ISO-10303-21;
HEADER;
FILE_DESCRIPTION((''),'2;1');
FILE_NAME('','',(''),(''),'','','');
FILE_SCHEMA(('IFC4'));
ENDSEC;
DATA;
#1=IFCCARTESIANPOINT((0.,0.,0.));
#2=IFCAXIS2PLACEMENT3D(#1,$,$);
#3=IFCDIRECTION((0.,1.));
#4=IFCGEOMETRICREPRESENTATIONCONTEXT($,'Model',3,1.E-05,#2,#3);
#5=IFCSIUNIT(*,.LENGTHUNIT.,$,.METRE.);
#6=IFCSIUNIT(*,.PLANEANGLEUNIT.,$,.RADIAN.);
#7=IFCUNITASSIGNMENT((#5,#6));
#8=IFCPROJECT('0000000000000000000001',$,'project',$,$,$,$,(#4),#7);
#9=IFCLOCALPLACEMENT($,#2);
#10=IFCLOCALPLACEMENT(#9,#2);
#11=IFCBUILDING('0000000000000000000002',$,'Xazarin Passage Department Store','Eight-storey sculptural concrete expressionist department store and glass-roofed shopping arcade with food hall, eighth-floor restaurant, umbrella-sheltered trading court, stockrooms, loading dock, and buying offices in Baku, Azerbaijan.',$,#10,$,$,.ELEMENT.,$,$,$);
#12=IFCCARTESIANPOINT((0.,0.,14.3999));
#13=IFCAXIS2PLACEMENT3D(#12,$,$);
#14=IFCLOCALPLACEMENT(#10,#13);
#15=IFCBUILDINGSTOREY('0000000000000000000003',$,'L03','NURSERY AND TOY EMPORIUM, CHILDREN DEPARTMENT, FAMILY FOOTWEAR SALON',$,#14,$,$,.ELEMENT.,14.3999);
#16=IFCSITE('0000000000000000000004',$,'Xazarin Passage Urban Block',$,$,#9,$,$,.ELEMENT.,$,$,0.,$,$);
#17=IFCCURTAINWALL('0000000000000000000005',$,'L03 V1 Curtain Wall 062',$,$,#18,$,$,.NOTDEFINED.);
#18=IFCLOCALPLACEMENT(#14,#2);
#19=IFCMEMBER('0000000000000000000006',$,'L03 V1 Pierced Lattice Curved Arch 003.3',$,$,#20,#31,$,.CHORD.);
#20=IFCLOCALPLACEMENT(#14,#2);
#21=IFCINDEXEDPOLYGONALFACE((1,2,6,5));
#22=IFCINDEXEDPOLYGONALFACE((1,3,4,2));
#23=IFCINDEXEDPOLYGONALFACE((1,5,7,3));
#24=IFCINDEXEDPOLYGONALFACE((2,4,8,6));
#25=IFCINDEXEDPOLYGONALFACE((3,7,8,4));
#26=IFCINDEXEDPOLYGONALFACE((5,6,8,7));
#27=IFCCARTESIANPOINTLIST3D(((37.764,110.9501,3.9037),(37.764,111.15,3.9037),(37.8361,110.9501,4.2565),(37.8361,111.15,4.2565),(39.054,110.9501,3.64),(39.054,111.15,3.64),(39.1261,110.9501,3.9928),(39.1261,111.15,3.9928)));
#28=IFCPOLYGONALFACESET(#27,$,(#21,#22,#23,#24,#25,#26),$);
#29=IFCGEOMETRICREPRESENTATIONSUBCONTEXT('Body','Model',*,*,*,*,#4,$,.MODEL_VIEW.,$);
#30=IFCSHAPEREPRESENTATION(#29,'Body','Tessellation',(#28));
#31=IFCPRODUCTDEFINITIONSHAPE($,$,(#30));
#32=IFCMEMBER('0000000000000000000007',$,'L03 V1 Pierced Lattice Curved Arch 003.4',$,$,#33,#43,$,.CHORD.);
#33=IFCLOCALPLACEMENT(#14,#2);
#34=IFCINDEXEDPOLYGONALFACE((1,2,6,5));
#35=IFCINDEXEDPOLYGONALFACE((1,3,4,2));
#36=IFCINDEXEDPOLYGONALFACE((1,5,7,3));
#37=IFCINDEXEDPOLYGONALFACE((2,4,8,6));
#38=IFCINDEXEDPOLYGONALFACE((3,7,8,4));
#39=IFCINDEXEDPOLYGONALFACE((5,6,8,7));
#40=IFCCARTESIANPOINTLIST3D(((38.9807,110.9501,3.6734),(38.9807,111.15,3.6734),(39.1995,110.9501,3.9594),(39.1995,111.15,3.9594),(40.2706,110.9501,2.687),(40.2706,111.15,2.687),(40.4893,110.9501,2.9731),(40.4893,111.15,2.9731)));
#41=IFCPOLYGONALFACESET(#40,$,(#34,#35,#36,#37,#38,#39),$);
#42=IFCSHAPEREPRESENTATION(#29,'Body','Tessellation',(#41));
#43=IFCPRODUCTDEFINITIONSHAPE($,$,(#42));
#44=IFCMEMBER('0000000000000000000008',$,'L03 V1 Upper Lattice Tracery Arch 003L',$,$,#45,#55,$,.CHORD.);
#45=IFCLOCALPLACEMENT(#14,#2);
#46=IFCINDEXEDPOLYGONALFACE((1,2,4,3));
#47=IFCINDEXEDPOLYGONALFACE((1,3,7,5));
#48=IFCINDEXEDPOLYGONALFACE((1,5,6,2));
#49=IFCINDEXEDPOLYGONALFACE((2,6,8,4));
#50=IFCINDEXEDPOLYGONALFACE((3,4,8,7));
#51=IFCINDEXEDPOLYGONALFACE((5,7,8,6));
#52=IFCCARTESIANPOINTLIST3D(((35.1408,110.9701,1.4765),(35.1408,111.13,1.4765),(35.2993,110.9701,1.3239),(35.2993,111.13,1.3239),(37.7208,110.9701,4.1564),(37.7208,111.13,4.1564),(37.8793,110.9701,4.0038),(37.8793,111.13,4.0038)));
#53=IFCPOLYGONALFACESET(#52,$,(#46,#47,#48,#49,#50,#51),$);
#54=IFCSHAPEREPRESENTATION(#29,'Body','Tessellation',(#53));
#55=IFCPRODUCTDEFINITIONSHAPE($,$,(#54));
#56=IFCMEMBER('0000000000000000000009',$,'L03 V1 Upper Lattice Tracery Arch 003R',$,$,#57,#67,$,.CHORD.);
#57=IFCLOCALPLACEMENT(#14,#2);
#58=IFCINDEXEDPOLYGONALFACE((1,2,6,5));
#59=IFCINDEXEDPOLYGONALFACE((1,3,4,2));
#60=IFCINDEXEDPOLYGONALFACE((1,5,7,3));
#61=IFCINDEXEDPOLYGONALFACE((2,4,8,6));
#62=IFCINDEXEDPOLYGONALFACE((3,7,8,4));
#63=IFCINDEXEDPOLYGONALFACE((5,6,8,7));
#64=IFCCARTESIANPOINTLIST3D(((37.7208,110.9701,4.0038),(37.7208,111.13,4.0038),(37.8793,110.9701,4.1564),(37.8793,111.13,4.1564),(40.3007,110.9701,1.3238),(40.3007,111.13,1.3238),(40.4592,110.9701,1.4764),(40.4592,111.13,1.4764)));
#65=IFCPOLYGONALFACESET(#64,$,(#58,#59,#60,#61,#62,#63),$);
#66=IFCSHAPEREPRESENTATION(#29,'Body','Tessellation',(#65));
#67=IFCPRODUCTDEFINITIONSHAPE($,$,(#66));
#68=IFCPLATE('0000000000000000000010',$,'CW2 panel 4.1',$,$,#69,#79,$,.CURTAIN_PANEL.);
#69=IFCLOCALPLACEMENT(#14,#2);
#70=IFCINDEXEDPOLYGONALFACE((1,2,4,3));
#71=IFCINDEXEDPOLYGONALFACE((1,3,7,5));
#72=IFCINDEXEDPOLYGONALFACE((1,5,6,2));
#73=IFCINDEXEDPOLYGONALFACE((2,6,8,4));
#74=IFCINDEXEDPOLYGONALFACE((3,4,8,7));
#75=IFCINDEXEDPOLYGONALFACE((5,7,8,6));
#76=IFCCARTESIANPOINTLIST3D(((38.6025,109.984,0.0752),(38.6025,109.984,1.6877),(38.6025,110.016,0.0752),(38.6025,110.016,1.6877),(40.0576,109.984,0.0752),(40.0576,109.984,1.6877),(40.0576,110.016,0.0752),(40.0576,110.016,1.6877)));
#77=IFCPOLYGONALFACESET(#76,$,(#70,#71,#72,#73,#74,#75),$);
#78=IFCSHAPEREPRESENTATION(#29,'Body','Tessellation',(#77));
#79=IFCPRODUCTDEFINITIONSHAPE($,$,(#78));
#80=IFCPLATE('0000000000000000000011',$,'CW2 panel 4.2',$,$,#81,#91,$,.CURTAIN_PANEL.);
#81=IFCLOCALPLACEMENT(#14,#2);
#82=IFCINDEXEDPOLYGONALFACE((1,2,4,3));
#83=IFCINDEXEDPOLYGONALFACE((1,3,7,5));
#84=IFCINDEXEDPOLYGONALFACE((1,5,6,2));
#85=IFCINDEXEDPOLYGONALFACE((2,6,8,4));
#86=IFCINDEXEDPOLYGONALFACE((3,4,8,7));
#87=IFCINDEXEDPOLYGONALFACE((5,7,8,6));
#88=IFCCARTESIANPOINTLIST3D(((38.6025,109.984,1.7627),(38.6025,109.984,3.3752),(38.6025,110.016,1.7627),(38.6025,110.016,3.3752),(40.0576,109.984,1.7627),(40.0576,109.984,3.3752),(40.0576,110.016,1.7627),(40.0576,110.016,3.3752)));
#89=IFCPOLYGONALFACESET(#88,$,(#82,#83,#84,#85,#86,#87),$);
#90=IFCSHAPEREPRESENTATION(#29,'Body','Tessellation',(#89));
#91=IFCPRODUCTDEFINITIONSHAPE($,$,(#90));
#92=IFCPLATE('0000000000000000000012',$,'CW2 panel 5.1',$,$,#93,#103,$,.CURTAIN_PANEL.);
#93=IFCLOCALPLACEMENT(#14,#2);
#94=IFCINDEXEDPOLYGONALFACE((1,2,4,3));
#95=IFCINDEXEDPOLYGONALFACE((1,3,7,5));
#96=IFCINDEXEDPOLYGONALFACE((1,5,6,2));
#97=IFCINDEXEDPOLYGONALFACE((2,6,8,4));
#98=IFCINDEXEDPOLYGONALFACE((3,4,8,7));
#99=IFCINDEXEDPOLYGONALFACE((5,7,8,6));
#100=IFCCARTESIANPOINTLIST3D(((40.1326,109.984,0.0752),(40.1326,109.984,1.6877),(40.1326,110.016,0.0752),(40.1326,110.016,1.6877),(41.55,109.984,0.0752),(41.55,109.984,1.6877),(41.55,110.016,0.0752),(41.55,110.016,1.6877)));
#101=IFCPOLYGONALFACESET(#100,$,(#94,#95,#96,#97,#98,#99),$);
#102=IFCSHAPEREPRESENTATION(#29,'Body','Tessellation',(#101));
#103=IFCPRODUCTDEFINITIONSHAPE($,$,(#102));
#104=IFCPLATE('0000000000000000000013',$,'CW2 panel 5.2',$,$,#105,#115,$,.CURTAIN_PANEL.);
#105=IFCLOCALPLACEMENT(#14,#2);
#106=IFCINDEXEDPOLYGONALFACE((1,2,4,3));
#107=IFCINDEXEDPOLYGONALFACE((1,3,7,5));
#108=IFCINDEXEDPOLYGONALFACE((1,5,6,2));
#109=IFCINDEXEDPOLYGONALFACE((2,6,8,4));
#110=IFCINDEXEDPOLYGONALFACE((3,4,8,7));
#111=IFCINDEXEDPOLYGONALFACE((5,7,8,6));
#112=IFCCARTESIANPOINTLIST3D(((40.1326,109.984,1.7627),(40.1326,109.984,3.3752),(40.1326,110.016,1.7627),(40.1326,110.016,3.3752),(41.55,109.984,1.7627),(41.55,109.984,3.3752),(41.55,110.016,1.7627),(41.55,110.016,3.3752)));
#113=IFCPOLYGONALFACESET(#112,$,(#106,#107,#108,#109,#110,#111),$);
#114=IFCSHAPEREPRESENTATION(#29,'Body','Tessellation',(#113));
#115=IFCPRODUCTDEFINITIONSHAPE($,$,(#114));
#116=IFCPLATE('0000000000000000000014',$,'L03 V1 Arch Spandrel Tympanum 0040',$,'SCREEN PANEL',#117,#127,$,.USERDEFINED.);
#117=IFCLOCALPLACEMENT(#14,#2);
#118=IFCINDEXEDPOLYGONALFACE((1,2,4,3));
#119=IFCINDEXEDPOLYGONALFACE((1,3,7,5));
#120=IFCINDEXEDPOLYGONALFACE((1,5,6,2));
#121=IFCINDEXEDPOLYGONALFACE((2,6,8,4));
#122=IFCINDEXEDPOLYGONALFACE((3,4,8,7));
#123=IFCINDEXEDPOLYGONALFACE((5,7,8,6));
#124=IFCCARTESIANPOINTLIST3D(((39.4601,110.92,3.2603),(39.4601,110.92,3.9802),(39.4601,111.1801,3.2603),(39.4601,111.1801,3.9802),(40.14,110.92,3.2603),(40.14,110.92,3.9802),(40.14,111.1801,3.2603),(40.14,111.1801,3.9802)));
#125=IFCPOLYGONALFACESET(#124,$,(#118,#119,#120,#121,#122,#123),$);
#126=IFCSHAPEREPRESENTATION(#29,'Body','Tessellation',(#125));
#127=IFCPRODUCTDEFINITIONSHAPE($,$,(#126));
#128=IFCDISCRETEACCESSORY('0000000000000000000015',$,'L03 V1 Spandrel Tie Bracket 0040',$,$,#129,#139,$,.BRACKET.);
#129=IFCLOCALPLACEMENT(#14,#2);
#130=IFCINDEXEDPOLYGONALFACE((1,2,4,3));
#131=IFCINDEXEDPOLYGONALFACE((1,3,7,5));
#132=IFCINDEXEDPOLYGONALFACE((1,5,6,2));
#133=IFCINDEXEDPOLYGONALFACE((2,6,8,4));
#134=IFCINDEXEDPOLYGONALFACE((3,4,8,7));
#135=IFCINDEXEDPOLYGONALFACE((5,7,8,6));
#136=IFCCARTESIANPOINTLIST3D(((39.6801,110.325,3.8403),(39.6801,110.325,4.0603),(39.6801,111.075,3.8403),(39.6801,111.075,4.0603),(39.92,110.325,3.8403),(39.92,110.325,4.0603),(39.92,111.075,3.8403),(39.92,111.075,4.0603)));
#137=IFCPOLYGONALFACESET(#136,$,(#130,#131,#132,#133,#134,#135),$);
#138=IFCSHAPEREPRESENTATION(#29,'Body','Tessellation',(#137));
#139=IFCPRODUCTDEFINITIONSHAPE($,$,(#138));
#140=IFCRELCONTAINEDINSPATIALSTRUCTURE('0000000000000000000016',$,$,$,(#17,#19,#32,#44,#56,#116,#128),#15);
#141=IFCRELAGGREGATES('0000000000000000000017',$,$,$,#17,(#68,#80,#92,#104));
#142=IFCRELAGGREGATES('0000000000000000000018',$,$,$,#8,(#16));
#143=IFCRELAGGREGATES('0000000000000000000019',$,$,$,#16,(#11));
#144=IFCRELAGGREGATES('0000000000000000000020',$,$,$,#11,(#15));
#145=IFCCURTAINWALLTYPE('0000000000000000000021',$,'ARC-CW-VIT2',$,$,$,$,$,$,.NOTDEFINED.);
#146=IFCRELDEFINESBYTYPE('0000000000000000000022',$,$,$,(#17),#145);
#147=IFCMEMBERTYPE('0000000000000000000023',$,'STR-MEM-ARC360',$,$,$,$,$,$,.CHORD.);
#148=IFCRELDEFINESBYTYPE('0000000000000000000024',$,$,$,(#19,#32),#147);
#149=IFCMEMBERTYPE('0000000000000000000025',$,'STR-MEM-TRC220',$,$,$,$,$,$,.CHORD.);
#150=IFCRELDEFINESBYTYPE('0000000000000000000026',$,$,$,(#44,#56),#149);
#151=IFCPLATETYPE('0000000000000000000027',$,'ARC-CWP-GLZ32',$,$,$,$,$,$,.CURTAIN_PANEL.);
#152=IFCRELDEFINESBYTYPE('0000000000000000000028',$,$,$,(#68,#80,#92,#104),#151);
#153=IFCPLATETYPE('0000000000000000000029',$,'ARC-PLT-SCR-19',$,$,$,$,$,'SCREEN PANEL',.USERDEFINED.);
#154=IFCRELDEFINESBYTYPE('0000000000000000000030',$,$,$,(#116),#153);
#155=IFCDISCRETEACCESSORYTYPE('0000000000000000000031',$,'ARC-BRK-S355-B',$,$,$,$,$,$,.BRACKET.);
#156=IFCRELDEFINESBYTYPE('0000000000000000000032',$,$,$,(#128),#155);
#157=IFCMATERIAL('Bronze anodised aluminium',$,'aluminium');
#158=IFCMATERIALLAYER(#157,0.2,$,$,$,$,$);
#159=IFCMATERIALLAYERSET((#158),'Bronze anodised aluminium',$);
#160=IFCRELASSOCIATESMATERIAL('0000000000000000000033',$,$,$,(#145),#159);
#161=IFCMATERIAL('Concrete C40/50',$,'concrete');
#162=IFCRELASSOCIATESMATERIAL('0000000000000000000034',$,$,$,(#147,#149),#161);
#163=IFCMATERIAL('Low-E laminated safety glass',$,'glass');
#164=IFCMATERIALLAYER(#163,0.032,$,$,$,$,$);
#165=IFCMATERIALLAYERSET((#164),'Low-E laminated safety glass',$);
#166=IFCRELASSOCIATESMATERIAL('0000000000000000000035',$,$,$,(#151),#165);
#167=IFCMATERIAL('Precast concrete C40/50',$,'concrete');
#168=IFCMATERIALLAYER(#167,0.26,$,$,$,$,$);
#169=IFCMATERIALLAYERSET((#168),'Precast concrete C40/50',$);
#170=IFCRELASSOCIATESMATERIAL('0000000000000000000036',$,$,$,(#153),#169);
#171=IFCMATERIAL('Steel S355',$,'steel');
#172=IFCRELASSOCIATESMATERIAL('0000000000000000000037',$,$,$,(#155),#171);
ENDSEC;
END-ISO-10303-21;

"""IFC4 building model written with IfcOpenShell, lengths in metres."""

from ifc_helpers import new_model, si_unit, direction, frame, origin, origin_2d, place, context, subcontext, project, spatial, rectangle, extrude, material, layer, layer_set, material_profile, profile_set, type_object, element, aggregate, save


model = new_model("IFC4")

# Units and contexts
model_context = context("Model", 3, precision=1e-05, world=origin(), true_north=direction((0.0, 1.0)))
body_context = subcontext(model_context, "Body", "Model", "MODEL_VIEW")
ifc_project = project(units=[si_unit("LENGTHUNIT", "METRE"), si_unit("PLANEANGLEUNIT", "RADIAN")], contexts=[model_context])

# Site, building, storey
site_placement = place(None, origin())
site = spatial("IfcSite", under=ifc_project, at=site_placement, Name="Xazarin Passage Urban Block", CompositionType="ELEMENT", RefElevation=0.0)
building_placement = place(site_placement, origin())
building = spatial("IfcBuilding", under=site, at=building_placement, Name="Xazarin Passage Department Store", Description="Eight-storey sculptural concrete expressionist department store and glass-roofed shopping arcade with food hall, eighth-floor restaurant, umbrella-sheltered trading court, stockrooms, loading dock, and buying offices in Baku, Azerbaijan.", CompositionType="ELEMENT")
storey_placement = place(building_placement, frame((0.0, 0.0, 14.3999)))
storey = spatial("IfcBuildingStorey", under=building, at=storey_placement, Name="L03", Description="NURSERY AND TOY EMPORIUM, CHILDREN DEPARTMENT, FAMILY FOOTWEAR SALON", CompositionType="ELEMENT", Elevation=14.3999)

# Shared definitions
ifc_material_1 = material(Name="Concrete C40/50", Category="concrete")

# Curtain wall
ifc_material_2 = material(Name="Bronze anodised aluminium", Category="aluminium")
ifc_layer_1 = layer(ifc_material_2, 0.2)
ifc_layer_set_1 = layer_set([ifc_layer_1], Name="Bronze anodised aluminium")
curtain_wall_type = type_object("IfcCurtainWallType", Name="ARC-CW-VIT2", PredefinedType="NOTDEFINED", material=ifc_layer_set_1)
curtain_wall_placement = place(storey_placement, origin())
curtain_wall = element("IfcCurtainWall", 1, at=curtain_wall_placement, inside=storey, type_object=curtain_wall_type, Name="L03 V1 Curtain Wall 062", PredefinedType="NOTDEFINED")

# Members
ifc_material_profile_1 = material_profile(ifc_material_1, rectangle(XDim=0.2, YDim=0.3601, at=origin_2d()), Name="RC 200x360")
ifc_profile_set_1 = profile_set([ifc_material_profile_1], Name="Concrete C40/50")
member_type_1 = type_object("IfcMemberType", Name="STR-MEM-ARC360", PredefinedType="CHORD", material=ifc_profile_set_1)
member_1_placement = place(storey_placement, frame((37.8, 111.05, 4.0801), z_axis=(0.979745, 0.0, -0.200251), x_axis=(0.0, 1.0, 0.0)))
element("IfcMember", 2, at=member_1_placement, inside=storey, type_object=member_type_1, Name="L03 V1 Pierced Lattice Curved Arch 003.3", PredefinedType="CHORD", context=body_context, shape_type="SweptSolid", body=[
    extrude(rectangle(XDim=0.2, YDim=0.3601, at=origin_2d()), origin(), (0.0, 0.0, 1.0), 1.3167),
])
member_2_placement = place(storey_placement, frame((39.0901, 111.05, 3.8164), z_axis=(0.794354, 0.0, -0.607456), x_axis=(0.0, 1.0, 0.0)))
element("IfcMember", 3, at=member_2_placement, inside=storey, type_object=member_type_1, Name="L03 V1 Pierced Lattice Curved Arch 003.4", PredefinedType="CHORD", context=body_context, shape_type="SweptSolid", body=[
    extrude(rectangle(XDim=0.2, YDim=0.3601, at=origin_2d()), origin(), (0.0, 0.0, 1.0), 1.6238),
])
ifc_material_profile_2 = material_profile(ifc_material_1, rectangle(XDim=0.1599, YDim=0.22, at=origin_2d()), Name="RC 160x220")
ifc_profile_set_2 = profile_set([ifc_material_profile_2], Name="Concrete C40/50")
member_type_2 = type_object("IfcMemberType", Name="STR-MEM-TRC220", PredefinedType="CHORD", material=ifc_profile_set_2)
for number, where, z_axis, x_axis, name in (
    (4, (37.8, 111.05, 4.0801), (-0.693558, 0.0, -0.7204), (0.0, -1.0, 0.0), "L03 V1 Upper Lattice Tracery Arch 003L"),
    (5, (37.8, 111.05, 4.0801), (0.693524, 0.0, -0.720433), (0.0, 1.0, 0.0), "L03 V1 Upper Lattice Tracery Arch 003R"),
):
    element("IfcMember", number, at=place(storey_placement, frame(where, z_axis=z_axis, x_axis=x_axis)), inside=storey, type_object=member_type_2, Name=name, PredefinedType="CHORD", context=body_context, shape_type="SweptSolid", body=[
        extrude(rectangle(XDim=0.1599, YDim=0.22, at=origin_2d()), origin(), (0.0, 0.0, 1.0), 3.72),
    ])

# Plates
ifc_material_3 = material(Name="Low-E laminated safety glass", Category="glass")
ifc_layer_2 = layer(ifc_material_3, 0.032)
ifc_layer_set_2 = layer_set([ifc_layer_2], Name="Low-E laminated safety glass")
plate_type_1 = type_object("IfcPlateType", Name="ARC-CWP-GLZ32", PredefinedType="CURTAIN_PANEL", material=ifc_layer_set_2)
plate_1_placement = place(storey_placement, frame((39.3301, 110.0, 0.0752), z_axis=(0.0, 0.0, 1.0), x_axis=(1.0, 0.0, 0.0)))
plate_1 = element("IfcPlate", 6, at=plate_1_placement, type_object=plate_type_1, Name="CW2 panel 4.1", PredefinedType="CURTAIN_PANEL", context=body_context, shape_type="SweptSolid", body=[
    extrude(rectangle(XDim=1.4551, YDim=0.032, at=origin_2d()), origin(), (0.0, 0.0, 1.0), 1.6125),
])
plate_2_placement = place(storey_placement, frame((39.3301, 110.0, 1.7627), z_axis=(0.0, 0.0, 1.0), x_axis=(1.0, 0.0, 0.0)))
plate_2 = element("IfcPlate", 7, at=plate_2_placement, type_object=plate_type_1, Name="CW2 panel 4.2", PredefinedType="CURTAIN_PANEL", context=body_context, shape_type="SweptSolid", body=[
    extrude(rectangle(XDim=1.4551, YDim=0.032, at=origin_2d()), origin(), (0.0, 0.0, 1.0), 1.6125),
])
plate_3_placement = place(storey_placement, frame((40.8413, 110.0, 0.0752), z_axis=(0.0, 0.0, 1.0), x_axis=(1.0, 0.0, 0.0)))
plate_3 = element("IfcPlate", 8, at=plate_3_placement, type_object=plate_type_1, Name="CW2 panel 5.1", PredefinedType="CURTAIN_PANEL", context=body_context, shape_type="SweptSolid", body=[
    extrude(rectangle(XDim=1.4175, YDim=0.032, at=origin_2d()), origin(), (0.0, 0.0, 1.0), 1.6125),
])
plate_4_placement = place(storey_placement, frame((40.8413, 110.0, 1.7627), z_axis=(0.0, 0.0, 1.0), x_axis=(1.0, 0.0, 0.0)))
plate_4 = element("IfcPlate", 9, at=plate_4_placement, type_object=plate_type_1, Name="CW2 panel 5.2", PredefinedType="CURTAIN_PANEL", context=body_context, shape_type="SweptSolid", body=[
    extrude(rectangle(XDim=1.4175, YDim=0.032, at=origin_2d()), origin(), (0.0, 0.0, 1.0), 1.6125),
])
aggregate(curtain_wall, [plate_1, plate_2, plate_3, plate_4])
ifc_material_4 = material(Name="Precast concrete C40/50", Category="concrete")
ifc_layer_3 = layer(ifc_material_4, 0.26)
ifc_layer_set_3 = layer_set([ifc_layer_3], Name="Precast concrete C40/50")
plate_type_2 = type_object("IfcPlateType", Name="ARC-PLT-SCR-19", ElementType="SCREEN PANEL", PredefinedType="USERDEFINED", material=ifc_layer_set_3)
plate_5_placement = place(storey_placement, frame((39.8, 111.05, 3.2603), z_axis=(0.0, 0.0, 1.0), x_axis=(1.0, 0.0, 0.0)))
element("IfcPlate", 10, at=plate_5_placement, inside=storey, type_object=plate_type_2, Name="L03 V1 Arch Spandrel Tympanum 0040", ObjectType="SCREEN PANEL", PredefinedType="USERDEFINED", context=body_context, shape_type="SweptSolid", body=[
    extrude(rectangle(XDim=0.6799, YDim=0.26, at=origin_2d()), origin(), (0.0, 0.0, 1.0), 0.72),
])

# Discrete accessory
ifc_material_5 = material(Name="Steel S355", Category="steel")
discrete_accessory_type = type_object("IfcDiscreteAccessoryType", Name="ARC-BRK-S355-B", PredefinedType="BRACKET", material=ifc_material_5)
discrete_accessory_placement = place(storey_placement, frame((39.8, 110.7, 3.8403), z_axis=(0.0, 0.0, 1.0), x_axis=(1.0, 0.0, 0.0)))
element("IfcDiscreteAccessory", 11, at=discrete_accessory_placement, inside=storey, type_object=discrete_accessory_type, Name="L03 V1 Spandrel Tie Bracket 0040", PredefinedType="BRACKET", context=body_context, shape_type="SweptSolid", body=[
    extrude(rectangle(XDim=0.24, YDim=0.75, at=origin_2d()), origin(), (0.0, 0.0, 1.0), 0.22),
])

save(model, "model.ifc")
